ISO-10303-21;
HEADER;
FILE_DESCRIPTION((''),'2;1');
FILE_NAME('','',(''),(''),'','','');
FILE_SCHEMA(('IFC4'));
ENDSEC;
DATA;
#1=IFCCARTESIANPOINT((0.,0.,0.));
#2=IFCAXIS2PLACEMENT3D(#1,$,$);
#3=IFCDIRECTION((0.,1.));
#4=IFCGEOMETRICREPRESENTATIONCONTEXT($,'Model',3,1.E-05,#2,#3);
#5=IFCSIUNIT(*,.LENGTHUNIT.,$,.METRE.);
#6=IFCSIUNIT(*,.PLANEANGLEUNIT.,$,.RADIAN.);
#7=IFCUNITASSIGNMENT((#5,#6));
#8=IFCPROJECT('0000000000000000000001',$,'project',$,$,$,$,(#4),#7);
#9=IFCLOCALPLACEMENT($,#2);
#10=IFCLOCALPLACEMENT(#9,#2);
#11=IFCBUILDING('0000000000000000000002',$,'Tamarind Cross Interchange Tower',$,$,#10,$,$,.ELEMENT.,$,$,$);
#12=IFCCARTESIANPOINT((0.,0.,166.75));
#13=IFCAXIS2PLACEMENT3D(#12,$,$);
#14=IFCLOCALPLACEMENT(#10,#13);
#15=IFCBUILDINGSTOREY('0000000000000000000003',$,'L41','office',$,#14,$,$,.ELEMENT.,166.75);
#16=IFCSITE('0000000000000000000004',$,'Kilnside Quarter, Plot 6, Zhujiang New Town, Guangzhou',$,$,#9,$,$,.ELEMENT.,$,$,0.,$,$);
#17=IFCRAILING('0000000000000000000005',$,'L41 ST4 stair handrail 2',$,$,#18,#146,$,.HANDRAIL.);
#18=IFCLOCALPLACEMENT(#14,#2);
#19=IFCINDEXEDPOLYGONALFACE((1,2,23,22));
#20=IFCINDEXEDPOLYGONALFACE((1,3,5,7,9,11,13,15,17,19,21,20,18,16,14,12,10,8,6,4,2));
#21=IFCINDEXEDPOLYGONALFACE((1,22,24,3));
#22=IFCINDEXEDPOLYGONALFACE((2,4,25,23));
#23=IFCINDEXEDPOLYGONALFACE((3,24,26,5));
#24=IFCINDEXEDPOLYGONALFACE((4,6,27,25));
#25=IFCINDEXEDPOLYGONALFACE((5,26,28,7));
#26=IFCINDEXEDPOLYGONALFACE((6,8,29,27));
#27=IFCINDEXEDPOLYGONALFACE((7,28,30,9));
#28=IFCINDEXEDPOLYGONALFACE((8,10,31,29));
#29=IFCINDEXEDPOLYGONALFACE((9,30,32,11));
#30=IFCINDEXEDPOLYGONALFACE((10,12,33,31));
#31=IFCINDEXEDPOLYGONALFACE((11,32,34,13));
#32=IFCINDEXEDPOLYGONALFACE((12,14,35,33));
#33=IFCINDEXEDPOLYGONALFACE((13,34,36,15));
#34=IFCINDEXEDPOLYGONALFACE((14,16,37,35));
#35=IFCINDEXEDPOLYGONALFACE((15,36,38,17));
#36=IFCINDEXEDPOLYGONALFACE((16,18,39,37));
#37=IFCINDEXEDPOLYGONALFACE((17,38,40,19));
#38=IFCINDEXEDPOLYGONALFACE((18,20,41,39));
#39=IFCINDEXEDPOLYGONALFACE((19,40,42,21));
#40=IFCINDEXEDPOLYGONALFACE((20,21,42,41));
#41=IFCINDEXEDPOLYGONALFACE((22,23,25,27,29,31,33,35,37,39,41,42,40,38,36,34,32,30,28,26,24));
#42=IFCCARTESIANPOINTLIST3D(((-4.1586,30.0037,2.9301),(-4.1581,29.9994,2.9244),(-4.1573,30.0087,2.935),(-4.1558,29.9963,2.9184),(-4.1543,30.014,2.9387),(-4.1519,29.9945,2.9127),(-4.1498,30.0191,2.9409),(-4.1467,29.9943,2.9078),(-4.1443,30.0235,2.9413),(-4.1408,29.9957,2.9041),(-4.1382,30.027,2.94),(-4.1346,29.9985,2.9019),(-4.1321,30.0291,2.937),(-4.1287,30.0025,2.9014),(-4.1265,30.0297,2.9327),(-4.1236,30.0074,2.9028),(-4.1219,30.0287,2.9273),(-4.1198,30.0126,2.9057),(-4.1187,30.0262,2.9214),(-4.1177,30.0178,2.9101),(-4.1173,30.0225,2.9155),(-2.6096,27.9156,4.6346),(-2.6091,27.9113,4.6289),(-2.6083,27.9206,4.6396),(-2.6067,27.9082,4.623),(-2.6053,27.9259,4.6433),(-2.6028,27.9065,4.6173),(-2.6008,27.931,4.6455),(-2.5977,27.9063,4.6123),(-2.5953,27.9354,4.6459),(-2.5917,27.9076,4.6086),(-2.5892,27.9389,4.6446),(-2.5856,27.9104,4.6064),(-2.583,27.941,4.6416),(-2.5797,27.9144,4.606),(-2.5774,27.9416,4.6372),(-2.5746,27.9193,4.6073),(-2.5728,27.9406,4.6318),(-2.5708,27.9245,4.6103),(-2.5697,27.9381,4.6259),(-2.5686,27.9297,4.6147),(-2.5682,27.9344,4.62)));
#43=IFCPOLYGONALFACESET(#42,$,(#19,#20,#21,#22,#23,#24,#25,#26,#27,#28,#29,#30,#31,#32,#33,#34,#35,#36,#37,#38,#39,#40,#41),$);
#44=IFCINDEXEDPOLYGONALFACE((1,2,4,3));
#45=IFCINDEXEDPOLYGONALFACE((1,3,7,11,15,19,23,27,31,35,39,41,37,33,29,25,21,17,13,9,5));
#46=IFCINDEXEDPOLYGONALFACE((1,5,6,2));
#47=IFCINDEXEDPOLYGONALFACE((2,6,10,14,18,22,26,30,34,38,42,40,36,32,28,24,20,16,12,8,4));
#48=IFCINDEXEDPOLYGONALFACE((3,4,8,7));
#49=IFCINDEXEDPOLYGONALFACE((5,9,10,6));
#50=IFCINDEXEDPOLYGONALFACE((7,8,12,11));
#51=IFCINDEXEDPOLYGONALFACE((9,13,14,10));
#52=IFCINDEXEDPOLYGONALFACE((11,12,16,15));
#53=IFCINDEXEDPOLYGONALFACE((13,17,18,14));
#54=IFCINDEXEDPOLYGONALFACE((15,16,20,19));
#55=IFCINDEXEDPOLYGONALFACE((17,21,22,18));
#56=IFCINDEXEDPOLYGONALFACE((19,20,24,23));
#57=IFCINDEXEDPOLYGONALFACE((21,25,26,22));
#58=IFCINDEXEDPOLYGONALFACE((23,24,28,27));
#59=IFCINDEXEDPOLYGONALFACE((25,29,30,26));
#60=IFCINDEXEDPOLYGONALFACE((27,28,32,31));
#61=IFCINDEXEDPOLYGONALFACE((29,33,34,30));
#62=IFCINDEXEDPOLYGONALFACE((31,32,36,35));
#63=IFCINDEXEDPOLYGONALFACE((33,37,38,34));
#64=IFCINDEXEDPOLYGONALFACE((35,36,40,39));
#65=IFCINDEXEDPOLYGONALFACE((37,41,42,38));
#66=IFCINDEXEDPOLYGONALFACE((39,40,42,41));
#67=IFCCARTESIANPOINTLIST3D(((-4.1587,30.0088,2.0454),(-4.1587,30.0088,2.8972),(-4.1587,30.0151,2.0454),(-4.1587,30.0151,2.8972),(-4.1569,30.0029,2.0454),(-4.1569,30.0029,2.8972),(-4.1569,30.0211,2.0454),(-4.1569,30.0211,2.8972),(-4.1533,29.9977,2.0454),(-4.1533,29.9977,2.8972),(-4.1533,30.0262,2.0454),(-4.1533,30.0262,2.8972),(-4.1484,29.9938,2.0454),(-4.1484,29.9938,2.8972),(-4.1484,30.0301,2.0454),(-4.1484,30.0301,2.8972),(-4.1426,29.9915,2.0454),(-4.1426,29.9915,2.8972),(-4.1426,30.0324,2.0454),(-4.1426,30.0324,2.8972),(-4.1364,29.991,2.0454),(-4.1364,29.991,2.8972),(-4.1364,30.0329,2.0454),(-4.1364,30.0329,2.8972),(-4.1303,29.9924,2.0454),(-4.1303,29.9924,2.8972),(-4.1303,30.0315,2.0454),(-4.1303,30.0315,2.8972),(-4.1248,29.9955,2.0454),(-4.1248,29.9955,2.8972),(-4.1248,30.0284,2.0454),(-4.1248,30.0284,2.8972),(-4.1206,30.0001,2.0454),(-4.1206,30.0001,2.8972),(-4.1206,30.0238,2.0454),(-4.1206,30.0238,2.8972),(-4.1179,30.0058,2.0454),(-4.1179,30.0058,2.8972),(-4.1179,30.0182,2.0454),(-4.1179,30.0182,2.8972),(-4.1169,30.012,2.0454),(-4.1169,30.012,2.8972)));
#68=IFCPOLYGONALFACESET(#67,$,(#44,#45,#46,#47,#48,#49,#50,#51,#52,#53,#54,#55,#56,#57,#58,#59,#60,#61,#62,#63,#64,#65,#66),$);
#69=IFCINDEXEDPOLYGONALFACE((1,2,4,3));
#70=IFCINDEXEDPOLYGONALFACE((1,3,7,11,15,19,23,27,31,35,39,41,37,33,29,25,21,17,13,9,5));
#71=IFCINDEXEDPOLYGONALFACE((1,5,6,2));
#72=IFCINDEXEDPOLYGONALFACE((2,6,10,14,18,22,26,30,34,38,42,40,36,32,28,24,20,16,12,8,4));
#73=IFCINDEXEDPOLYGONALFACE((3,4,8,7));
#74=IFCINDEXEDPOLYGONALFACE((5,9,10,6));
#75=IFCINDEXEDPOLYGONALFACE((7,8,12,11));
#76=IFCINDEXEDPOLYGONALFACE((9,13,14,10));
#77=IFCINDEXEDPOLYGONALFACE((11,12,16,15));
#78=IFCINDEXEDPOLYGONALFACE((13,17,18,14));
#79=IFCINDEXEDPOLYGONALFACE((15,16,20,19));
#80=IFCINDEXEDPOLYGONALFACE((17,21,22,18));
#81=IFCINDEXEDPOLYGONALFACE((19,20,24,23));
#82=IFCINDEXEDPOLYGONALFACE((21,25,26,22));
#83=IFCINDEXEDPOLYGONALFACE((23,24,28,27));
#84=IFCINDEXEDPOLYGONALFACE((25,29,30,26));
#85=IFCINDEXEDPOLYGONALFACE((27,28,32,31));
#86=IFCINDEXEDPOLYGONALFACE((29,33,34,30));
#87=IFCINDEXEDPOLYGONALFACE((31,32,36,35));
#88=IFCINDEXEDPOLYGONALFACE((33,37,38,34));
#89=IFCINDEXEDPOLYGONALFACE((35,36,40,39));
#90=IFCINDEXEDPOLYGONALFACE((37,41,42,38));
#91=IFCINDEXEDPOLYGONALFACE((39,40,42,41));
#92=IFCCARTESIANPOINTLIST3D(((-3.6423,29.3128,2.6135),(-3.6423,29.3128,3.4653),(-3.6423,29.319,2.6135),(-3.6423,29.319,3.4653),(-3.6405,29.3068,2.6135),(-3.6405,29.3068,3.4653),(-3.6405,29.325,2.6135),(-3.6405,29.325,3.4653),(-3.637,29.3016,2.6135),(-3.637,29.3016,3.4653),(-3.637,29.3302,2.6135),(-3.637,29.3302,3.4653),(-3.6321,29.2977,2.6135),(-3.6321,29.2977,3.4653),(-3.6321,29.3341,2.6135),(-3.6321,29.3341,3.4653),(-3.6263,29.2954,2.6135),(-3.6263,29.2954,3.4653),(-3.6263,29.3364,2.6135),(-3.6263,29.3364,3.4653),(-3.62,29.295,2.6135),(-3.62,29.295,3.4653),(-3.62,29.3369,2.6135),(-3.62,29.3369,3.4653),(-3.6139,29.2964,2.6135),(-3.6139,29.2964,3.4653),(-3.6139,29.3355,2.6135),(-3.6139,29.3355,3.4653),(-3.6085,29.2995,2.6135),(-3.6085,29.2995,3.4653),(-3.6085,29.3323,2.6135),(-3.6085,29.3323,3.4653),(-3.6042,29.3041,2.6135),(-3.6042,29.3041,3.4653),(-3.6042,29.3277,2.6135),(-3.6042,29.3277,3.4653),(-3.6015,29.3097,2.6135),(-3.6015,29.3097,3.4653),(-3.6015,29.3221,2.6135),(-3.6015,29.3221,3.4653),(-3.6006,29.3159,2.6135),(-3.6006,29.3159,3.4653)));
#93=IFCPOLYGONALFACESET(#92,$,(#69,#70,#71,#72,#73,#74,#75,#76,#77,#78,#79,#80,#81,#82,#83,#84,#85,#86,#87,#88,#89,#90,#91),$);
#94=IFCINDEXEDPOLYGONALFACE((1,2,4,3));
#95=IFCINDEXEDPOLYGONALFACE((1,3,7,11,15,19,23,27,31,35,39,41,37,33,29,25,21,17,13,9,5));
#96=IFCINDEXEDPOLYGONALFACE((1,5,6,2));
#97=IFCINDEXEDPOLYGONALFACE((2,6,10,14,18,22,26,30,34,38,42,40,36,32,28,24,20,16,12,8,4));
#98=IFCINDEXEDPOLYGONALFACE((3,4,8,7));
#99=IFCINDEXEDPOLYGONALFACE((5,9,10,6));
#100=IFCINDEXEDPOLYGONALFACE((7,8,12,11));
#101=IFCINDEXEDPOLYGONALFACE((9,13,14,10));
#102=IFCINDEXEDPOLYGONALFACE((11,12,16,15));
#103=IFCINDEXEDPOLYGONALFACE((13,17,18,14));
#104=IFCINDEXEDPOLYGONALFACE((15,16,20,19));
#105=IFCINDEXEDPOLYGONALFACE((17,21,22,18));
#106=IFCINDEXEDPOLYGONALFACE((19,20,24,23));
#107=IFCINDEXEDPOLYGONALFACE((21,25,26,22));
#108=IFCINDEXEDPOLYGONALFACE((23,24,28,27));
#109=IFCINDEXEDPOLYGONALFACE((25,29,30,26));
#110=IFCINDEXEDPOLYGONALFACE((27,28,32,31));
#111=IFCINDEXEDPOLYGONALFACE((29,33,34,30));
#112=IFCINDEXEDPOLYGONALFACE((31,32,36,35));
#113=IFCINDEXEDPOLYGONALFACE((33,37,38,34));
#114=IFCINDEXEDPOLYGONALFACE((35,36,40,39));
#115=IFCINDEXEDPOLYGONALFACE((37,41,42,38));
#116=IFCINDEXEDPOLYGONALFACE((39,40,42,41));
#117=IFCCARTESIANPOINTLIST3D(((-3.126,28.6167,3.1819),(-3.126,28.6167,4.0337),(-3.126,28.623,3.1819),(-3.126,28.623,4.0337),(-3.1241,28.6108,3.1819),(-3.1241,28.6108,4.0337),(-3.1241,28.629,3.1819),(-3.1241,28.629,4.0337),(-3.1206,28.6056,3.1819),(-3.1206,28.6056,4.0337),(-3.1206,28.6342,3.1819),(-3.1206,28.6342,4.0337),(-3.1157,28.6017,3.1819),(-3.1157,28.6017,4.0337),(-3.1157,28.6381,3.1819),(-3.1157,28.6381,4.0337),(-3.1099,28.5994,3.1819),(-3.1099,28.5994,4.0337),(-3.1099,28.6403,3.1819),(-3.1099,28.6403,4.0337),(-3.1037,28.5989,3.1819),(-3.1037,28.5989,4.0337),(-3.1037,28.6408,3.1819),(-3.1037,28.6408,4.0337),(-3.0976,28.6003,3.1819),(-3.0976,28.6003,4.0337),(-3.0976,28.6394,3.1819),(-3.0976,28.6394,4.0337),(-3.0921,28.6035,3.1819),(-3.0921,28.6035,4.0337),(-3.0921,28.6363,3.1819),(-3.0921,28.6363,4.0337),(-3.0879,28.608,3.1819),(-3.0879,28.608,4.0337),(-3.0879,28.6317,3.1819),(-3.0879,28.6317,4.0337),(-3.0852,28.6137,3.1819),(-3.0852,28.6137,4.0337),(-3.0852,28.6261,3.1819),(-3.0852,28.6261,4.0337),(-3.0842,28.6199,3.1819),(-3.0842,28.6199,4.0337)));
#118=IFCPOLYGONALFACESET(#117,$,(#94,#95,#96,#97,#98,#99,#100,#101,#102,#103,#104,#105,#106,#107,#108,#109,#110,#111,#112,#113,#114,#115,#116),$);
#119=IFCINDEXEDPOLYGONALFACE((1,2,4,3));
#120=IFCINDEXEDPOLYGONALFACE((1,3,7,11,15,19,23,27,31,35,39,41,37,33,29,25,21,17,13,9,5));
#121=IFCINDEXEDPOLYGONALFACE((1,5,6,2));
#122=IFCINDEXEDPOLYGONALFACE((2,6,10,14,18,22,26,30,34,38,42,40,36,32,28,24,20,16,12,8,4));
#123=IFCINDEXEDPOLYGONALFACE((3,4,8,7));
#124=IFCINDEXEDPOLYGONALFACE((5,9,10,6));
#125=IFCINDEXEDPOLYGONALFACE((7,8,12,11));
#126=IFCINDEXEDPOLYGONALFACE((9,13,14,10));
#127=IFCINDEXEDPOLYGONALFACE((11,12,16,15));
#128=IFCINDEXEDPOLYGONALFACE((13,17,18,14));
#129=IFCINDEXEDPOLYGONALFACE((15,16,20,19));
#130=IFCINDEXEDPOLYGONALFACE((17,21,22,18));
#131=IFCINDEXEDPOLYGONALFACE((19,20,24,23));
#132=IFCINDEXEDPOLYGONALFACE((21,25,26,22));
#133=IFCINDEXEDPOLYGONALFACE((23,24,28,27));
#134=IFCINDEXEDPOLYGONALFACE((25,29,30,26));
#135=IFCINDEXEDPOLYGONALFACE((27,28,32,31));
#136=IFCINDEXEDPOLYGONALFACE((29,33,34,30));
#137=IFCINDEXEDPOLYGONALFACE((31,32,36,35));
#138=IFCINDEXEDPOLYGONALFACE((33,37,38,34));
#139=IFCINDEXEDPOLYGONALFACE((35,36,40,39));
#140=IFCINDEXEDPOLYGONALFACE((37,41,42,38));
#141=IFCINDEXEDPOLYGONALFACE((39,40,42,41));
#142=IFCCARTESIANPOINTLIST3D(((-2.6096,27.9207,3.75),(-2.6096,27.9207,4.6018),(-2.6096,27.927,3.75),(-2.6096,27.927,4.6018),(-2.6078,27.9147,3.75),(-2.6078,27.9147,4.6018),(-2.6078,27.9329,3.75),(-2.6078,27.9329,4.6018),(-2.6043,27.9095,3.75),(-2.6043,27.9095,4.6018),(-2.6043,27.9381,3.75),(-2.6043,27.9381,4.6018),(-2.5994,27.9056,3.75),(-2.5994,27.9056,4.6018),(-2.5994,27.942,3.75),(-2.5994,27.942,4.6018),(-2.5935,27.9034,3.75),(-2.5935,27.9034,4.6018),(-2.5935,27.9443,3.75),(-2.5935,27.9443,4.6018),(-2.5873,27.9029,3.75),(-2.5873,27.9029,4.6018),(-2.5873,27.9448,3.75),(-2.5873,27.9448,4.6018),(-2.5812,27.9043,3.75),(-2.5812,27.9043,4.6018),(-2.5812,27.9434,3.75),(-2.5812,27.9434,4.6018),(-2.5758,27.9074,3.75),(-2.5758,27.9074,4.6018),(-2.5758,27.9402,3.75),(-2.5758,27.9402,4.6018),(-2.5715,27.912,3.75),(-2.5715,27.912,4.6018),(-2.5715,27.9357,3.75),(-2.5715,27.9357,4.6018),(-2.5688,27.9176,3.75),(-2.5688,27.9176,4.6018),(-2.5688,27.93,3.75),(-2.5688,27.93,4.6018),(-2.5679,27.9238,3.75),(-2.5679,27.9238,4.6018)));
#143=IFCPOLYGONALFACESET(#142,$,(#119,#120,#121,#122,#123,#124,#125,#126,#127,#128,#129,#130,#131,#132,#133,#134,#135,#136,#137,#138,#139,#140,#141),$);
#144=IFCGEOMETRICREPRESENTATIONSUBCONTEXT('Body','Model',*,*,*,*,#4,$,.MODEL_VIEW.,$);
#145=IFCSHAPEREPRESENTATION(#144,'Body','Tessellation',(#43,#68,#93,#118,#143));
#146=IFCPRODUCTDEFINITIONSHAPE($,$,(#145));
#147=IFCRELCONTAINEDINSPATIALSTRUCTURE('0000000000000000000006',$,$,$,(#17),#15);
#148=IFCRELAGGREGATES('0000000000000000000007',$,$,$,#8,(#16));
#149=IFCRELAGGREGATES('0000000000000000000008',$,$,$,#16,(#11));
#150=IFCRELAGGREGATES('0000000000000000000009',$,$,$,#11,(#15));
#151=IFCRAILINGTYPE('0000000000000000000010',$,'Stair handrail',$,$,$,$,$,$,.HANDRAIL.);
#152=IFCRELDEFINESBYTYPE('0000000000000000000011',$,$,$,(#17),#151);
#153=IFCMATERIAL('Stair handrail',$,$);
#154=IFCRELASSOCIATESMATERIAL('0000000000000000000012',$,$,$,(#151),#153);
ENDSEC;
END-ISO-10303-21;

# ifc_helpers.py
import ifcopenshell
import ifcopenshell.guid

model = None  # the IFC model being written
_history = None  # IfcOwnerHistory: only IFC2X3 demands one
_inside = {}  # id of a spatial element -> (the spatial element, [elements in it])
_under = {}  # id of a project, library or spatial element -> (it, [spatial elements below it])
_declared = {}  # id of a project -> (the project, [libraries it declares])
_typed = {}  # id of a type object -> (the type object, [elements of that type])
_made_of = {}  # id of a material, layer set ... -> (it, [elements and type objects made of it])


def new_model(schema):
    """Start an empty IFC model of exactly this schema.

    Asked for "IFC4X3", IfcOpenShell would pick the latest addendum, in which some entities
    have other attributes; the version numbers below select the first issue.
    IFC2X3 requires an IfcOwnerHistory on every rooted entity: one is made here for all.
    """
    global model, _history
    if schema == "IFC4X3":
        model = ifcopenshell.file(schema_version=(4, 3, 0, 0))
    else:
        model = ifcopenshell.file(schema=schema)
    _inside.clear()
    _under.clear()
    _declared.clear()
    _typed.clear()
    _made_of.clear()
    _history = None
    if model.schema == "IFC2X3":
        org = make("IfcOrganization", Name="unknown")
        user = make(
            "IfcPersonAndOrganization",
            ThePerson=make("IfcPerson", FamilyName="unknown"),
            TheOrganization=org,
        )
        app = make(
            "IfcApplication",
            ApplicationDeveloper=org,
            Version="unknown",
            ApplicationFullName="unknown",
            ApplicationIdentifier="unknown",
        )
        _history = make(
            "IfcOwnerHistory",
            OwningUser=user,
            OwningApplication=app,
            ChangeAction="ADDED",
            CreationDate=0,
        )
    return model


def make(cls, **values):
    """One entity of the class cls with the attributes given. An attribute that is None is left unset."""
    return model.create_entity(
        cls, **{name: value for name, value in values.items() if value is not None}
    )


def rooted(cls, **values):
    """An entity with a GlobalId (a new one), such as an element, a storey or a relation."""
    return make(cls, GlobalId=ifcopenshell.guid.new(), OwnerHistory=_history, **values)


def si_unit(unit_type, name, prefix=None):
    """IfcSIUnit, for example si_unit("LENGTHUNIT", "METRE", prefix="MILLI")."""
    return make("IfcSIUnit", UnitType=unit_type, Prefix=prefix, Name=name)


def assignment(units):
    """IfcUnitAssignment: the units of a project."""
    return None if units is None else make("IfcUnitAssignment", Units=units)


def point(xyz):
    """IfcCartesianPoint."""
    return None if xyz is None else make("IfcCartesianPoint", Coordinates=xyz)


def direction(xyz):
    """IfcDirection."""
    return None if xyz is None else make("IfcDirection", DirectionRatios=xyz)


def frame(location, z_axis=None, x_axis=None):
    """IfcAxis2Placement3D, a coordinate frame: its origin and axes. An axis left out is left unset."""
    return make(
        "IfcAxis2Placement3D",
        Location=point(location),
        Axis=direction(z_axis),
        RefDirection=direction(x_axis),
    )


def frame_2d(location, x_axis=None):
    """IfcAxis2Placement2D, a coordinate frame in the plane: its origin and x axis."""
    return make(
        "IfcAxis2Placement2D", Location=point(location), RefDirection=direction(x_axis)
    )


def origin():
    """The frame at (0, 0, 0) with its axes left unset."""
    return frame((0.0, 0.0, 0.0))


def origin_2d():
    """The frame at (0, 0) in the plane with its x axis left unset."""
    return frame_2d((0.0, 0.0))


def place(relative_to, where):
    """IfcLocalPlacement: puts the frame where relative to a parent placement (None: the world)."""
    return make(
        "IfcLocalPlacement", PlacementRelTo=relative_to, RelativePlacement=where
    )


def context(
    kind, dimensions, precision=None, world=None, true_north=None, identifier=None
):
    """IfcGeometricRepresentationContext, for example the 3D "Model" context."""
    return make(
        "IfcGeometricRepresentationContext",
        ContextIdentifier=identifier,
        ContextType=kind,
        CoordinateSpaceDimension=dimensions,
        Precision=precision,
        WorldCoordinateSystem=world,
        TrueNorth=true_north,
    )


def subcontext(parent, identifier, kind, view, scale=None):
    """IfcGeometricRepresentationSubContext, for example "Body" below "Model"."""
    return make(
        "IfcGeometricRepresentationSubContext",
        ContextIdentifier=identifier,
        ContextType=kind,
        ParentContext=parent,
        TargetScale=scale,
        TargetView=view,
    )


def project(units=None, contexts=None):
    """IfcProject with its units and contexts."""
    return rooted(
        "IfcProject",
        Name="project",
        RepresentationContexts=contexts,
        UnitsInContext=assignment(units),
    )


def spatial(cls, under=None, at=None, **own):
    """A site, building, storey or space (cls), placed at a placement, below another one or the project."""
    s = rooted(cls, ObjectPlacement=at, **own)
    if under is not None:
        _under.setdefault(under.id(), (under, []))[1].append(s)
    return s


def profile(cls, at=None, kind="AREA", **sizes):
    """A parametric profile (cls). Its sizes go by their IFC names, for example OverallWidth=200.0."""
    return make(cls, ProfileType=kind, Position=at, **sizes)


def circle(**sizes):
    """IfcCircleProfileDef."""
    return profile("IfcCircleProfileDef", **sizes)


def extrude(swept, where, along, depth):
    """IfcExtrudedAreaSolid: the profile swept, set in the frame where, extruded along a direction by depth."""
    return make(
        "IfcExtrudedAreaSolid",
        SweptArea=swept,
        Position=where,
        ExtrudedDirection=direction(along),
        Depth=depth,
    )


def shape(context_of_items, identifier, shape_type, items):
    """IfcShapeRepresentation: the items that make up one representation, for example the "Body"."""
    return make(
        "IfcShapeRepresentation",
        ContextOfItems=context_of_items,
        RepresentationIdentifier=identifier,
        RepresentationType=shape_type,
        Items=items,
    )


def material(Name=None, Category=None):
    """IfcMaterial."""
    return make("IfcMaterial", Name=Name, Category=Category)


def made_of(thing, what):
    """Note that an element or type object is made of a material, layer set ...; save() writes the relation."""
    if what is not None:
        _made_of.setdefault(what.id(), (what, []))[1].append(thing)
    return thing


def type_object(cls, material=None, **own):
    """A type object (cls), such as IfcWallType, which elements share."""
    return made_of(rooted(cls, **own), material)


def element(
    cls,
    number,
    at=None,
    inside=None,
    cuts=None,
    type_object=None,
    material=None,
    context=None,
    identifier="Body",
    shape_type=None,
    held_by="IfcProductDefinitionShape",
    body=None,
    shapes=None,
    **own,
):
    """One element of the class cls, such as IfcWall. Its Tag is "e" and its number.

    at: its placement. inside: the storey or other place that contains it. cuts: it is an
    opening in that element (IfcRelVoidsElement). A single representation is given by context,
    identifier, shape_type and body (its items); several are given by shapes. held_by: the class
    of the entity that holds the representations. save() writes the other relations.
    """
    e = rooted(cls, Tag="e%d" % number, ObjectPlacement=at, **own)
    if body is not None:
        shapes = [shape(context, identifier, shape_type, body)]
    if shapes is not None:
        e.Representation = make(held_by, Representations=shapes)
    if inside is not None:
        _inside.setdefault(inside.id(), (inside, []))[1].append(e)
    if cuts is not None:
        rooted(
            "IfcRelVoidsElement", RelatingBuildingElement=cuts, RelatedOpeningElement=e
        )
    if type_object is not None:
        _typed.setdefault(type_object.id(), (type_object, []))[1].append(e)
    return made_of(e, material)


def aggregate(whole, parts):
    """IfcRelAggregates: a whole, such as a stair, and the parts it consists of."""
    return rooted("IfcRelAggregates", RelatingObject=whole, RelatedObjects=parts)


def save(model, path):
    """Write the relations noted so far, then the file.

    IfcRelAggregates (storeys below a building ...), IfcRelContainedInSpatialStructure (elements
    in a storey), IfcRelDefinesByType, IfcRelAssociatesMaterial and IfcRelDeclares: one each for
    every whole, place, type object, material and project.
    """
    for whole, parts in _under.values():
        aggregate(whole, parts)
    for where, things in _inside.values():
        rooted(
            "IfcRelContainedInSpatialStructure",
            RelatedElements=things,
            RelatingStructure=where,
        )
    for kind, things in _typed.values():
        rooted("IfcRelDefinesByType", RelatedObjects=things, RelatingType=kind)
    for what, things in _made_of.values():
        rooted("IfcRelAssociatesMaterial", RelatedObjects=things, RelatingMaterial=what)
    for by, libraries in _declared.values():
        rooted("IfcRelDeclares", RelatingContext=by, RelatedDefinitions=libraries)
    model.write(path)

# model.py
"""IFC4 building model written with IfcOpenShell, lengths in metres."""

from ifc_helpers import new_model, si_unit, direction, frame, origin, origin_2d, place, context, subcontext, project, spatial, circle, extrude, material, type_object, element, save


model = new_model("IFC4")

# Units and contexts
model_context = context("Model", 3, precision=1e-05, world=origin(), true_north=direction((0.0, 1.0)))
body_context = subcontext(model_context, "Body", "Model", "MODEL_VIEW")
ifc_project = project(units=[si_unit("LENGTHUNIT", "METRE"), si_unit("PLANEANGLEUNIT", "RADIAN")], contexts=[model_context])

# Site, building, storey
site_placement = place(None, origin())
site = spatial("IfcSite", under=ifc_project, at=site_placement, Name="Kilnside Quarter, Plot 6, Zhujiang New Town, Guangzhou", CompositionType="ELEMENT", RefElevation=0.0)
building_placement = place(site_placement, origin())
building = spatial("IfcBuilding", under=site, at=building_placement, Name="Tamarind Cross Interchange Tower", CompositionType="ELEMENT")
storey_placement = place(building_placement, frame((0.0, 0.0, 166.75)))
storey = spatial("IfcBuildingStorey", under=building, at=storey_placement, Name="L41", Description="office", CompositionType="ELEMENT", Elevation=166.75)

# Railing
ifc_material_1 = material(Name="Stair handrail")
railing_type_1 = type_object("IfcRailingType", Name="Stair handrail", PredefinedType="HANDRAIL", material=ifc_material_1)
railing_1_placement = place(storey_placement, frame((-4.1379, 30.012, 2.0454)))
element("IfcRailing", 1, at=railing_1_placement, inside=storey, type_object=railing_type_1, Name="L41 ST4 stair handrail 2", PredefinedType="HANDRAIL", context=body_context, shape_type="SweptSolid", body=[
    extrude(circle(Radius=0.0239, at=origin_2d()), frame((0.0, 0.0, 0.876), z_axis=(0.498263, -0.671653, 0.548285), x_axis=(0.803133, 0.5958, 0.0)), (0.0, 0.0, 1.0), 3.1089),
    extrude(circle(Radius=0.021, at=origin_2d()), origin(), (0.0, 0.0, 1.0), 0.8518),
    extrude(circle(Radius=0.021, at=origin_2d()), frame((0.5164, -0.696, 0.5681)), (0.0, 0.0, 1.0), 0.8518),
    extrude(circle(Radius=0.021, at=origin_2d()), frame((1.0327, -1.3921, 1.1365)), (0.0, 0.0, 1.0), 0.8518),
    extrude(circle(Radius=0.021, at=origin_2d()), frame((1.5491, -2.0881, 1.7046)), (0.0, 0.0, 1.0), 0.8518),
])

save(model, "model.ifc")
